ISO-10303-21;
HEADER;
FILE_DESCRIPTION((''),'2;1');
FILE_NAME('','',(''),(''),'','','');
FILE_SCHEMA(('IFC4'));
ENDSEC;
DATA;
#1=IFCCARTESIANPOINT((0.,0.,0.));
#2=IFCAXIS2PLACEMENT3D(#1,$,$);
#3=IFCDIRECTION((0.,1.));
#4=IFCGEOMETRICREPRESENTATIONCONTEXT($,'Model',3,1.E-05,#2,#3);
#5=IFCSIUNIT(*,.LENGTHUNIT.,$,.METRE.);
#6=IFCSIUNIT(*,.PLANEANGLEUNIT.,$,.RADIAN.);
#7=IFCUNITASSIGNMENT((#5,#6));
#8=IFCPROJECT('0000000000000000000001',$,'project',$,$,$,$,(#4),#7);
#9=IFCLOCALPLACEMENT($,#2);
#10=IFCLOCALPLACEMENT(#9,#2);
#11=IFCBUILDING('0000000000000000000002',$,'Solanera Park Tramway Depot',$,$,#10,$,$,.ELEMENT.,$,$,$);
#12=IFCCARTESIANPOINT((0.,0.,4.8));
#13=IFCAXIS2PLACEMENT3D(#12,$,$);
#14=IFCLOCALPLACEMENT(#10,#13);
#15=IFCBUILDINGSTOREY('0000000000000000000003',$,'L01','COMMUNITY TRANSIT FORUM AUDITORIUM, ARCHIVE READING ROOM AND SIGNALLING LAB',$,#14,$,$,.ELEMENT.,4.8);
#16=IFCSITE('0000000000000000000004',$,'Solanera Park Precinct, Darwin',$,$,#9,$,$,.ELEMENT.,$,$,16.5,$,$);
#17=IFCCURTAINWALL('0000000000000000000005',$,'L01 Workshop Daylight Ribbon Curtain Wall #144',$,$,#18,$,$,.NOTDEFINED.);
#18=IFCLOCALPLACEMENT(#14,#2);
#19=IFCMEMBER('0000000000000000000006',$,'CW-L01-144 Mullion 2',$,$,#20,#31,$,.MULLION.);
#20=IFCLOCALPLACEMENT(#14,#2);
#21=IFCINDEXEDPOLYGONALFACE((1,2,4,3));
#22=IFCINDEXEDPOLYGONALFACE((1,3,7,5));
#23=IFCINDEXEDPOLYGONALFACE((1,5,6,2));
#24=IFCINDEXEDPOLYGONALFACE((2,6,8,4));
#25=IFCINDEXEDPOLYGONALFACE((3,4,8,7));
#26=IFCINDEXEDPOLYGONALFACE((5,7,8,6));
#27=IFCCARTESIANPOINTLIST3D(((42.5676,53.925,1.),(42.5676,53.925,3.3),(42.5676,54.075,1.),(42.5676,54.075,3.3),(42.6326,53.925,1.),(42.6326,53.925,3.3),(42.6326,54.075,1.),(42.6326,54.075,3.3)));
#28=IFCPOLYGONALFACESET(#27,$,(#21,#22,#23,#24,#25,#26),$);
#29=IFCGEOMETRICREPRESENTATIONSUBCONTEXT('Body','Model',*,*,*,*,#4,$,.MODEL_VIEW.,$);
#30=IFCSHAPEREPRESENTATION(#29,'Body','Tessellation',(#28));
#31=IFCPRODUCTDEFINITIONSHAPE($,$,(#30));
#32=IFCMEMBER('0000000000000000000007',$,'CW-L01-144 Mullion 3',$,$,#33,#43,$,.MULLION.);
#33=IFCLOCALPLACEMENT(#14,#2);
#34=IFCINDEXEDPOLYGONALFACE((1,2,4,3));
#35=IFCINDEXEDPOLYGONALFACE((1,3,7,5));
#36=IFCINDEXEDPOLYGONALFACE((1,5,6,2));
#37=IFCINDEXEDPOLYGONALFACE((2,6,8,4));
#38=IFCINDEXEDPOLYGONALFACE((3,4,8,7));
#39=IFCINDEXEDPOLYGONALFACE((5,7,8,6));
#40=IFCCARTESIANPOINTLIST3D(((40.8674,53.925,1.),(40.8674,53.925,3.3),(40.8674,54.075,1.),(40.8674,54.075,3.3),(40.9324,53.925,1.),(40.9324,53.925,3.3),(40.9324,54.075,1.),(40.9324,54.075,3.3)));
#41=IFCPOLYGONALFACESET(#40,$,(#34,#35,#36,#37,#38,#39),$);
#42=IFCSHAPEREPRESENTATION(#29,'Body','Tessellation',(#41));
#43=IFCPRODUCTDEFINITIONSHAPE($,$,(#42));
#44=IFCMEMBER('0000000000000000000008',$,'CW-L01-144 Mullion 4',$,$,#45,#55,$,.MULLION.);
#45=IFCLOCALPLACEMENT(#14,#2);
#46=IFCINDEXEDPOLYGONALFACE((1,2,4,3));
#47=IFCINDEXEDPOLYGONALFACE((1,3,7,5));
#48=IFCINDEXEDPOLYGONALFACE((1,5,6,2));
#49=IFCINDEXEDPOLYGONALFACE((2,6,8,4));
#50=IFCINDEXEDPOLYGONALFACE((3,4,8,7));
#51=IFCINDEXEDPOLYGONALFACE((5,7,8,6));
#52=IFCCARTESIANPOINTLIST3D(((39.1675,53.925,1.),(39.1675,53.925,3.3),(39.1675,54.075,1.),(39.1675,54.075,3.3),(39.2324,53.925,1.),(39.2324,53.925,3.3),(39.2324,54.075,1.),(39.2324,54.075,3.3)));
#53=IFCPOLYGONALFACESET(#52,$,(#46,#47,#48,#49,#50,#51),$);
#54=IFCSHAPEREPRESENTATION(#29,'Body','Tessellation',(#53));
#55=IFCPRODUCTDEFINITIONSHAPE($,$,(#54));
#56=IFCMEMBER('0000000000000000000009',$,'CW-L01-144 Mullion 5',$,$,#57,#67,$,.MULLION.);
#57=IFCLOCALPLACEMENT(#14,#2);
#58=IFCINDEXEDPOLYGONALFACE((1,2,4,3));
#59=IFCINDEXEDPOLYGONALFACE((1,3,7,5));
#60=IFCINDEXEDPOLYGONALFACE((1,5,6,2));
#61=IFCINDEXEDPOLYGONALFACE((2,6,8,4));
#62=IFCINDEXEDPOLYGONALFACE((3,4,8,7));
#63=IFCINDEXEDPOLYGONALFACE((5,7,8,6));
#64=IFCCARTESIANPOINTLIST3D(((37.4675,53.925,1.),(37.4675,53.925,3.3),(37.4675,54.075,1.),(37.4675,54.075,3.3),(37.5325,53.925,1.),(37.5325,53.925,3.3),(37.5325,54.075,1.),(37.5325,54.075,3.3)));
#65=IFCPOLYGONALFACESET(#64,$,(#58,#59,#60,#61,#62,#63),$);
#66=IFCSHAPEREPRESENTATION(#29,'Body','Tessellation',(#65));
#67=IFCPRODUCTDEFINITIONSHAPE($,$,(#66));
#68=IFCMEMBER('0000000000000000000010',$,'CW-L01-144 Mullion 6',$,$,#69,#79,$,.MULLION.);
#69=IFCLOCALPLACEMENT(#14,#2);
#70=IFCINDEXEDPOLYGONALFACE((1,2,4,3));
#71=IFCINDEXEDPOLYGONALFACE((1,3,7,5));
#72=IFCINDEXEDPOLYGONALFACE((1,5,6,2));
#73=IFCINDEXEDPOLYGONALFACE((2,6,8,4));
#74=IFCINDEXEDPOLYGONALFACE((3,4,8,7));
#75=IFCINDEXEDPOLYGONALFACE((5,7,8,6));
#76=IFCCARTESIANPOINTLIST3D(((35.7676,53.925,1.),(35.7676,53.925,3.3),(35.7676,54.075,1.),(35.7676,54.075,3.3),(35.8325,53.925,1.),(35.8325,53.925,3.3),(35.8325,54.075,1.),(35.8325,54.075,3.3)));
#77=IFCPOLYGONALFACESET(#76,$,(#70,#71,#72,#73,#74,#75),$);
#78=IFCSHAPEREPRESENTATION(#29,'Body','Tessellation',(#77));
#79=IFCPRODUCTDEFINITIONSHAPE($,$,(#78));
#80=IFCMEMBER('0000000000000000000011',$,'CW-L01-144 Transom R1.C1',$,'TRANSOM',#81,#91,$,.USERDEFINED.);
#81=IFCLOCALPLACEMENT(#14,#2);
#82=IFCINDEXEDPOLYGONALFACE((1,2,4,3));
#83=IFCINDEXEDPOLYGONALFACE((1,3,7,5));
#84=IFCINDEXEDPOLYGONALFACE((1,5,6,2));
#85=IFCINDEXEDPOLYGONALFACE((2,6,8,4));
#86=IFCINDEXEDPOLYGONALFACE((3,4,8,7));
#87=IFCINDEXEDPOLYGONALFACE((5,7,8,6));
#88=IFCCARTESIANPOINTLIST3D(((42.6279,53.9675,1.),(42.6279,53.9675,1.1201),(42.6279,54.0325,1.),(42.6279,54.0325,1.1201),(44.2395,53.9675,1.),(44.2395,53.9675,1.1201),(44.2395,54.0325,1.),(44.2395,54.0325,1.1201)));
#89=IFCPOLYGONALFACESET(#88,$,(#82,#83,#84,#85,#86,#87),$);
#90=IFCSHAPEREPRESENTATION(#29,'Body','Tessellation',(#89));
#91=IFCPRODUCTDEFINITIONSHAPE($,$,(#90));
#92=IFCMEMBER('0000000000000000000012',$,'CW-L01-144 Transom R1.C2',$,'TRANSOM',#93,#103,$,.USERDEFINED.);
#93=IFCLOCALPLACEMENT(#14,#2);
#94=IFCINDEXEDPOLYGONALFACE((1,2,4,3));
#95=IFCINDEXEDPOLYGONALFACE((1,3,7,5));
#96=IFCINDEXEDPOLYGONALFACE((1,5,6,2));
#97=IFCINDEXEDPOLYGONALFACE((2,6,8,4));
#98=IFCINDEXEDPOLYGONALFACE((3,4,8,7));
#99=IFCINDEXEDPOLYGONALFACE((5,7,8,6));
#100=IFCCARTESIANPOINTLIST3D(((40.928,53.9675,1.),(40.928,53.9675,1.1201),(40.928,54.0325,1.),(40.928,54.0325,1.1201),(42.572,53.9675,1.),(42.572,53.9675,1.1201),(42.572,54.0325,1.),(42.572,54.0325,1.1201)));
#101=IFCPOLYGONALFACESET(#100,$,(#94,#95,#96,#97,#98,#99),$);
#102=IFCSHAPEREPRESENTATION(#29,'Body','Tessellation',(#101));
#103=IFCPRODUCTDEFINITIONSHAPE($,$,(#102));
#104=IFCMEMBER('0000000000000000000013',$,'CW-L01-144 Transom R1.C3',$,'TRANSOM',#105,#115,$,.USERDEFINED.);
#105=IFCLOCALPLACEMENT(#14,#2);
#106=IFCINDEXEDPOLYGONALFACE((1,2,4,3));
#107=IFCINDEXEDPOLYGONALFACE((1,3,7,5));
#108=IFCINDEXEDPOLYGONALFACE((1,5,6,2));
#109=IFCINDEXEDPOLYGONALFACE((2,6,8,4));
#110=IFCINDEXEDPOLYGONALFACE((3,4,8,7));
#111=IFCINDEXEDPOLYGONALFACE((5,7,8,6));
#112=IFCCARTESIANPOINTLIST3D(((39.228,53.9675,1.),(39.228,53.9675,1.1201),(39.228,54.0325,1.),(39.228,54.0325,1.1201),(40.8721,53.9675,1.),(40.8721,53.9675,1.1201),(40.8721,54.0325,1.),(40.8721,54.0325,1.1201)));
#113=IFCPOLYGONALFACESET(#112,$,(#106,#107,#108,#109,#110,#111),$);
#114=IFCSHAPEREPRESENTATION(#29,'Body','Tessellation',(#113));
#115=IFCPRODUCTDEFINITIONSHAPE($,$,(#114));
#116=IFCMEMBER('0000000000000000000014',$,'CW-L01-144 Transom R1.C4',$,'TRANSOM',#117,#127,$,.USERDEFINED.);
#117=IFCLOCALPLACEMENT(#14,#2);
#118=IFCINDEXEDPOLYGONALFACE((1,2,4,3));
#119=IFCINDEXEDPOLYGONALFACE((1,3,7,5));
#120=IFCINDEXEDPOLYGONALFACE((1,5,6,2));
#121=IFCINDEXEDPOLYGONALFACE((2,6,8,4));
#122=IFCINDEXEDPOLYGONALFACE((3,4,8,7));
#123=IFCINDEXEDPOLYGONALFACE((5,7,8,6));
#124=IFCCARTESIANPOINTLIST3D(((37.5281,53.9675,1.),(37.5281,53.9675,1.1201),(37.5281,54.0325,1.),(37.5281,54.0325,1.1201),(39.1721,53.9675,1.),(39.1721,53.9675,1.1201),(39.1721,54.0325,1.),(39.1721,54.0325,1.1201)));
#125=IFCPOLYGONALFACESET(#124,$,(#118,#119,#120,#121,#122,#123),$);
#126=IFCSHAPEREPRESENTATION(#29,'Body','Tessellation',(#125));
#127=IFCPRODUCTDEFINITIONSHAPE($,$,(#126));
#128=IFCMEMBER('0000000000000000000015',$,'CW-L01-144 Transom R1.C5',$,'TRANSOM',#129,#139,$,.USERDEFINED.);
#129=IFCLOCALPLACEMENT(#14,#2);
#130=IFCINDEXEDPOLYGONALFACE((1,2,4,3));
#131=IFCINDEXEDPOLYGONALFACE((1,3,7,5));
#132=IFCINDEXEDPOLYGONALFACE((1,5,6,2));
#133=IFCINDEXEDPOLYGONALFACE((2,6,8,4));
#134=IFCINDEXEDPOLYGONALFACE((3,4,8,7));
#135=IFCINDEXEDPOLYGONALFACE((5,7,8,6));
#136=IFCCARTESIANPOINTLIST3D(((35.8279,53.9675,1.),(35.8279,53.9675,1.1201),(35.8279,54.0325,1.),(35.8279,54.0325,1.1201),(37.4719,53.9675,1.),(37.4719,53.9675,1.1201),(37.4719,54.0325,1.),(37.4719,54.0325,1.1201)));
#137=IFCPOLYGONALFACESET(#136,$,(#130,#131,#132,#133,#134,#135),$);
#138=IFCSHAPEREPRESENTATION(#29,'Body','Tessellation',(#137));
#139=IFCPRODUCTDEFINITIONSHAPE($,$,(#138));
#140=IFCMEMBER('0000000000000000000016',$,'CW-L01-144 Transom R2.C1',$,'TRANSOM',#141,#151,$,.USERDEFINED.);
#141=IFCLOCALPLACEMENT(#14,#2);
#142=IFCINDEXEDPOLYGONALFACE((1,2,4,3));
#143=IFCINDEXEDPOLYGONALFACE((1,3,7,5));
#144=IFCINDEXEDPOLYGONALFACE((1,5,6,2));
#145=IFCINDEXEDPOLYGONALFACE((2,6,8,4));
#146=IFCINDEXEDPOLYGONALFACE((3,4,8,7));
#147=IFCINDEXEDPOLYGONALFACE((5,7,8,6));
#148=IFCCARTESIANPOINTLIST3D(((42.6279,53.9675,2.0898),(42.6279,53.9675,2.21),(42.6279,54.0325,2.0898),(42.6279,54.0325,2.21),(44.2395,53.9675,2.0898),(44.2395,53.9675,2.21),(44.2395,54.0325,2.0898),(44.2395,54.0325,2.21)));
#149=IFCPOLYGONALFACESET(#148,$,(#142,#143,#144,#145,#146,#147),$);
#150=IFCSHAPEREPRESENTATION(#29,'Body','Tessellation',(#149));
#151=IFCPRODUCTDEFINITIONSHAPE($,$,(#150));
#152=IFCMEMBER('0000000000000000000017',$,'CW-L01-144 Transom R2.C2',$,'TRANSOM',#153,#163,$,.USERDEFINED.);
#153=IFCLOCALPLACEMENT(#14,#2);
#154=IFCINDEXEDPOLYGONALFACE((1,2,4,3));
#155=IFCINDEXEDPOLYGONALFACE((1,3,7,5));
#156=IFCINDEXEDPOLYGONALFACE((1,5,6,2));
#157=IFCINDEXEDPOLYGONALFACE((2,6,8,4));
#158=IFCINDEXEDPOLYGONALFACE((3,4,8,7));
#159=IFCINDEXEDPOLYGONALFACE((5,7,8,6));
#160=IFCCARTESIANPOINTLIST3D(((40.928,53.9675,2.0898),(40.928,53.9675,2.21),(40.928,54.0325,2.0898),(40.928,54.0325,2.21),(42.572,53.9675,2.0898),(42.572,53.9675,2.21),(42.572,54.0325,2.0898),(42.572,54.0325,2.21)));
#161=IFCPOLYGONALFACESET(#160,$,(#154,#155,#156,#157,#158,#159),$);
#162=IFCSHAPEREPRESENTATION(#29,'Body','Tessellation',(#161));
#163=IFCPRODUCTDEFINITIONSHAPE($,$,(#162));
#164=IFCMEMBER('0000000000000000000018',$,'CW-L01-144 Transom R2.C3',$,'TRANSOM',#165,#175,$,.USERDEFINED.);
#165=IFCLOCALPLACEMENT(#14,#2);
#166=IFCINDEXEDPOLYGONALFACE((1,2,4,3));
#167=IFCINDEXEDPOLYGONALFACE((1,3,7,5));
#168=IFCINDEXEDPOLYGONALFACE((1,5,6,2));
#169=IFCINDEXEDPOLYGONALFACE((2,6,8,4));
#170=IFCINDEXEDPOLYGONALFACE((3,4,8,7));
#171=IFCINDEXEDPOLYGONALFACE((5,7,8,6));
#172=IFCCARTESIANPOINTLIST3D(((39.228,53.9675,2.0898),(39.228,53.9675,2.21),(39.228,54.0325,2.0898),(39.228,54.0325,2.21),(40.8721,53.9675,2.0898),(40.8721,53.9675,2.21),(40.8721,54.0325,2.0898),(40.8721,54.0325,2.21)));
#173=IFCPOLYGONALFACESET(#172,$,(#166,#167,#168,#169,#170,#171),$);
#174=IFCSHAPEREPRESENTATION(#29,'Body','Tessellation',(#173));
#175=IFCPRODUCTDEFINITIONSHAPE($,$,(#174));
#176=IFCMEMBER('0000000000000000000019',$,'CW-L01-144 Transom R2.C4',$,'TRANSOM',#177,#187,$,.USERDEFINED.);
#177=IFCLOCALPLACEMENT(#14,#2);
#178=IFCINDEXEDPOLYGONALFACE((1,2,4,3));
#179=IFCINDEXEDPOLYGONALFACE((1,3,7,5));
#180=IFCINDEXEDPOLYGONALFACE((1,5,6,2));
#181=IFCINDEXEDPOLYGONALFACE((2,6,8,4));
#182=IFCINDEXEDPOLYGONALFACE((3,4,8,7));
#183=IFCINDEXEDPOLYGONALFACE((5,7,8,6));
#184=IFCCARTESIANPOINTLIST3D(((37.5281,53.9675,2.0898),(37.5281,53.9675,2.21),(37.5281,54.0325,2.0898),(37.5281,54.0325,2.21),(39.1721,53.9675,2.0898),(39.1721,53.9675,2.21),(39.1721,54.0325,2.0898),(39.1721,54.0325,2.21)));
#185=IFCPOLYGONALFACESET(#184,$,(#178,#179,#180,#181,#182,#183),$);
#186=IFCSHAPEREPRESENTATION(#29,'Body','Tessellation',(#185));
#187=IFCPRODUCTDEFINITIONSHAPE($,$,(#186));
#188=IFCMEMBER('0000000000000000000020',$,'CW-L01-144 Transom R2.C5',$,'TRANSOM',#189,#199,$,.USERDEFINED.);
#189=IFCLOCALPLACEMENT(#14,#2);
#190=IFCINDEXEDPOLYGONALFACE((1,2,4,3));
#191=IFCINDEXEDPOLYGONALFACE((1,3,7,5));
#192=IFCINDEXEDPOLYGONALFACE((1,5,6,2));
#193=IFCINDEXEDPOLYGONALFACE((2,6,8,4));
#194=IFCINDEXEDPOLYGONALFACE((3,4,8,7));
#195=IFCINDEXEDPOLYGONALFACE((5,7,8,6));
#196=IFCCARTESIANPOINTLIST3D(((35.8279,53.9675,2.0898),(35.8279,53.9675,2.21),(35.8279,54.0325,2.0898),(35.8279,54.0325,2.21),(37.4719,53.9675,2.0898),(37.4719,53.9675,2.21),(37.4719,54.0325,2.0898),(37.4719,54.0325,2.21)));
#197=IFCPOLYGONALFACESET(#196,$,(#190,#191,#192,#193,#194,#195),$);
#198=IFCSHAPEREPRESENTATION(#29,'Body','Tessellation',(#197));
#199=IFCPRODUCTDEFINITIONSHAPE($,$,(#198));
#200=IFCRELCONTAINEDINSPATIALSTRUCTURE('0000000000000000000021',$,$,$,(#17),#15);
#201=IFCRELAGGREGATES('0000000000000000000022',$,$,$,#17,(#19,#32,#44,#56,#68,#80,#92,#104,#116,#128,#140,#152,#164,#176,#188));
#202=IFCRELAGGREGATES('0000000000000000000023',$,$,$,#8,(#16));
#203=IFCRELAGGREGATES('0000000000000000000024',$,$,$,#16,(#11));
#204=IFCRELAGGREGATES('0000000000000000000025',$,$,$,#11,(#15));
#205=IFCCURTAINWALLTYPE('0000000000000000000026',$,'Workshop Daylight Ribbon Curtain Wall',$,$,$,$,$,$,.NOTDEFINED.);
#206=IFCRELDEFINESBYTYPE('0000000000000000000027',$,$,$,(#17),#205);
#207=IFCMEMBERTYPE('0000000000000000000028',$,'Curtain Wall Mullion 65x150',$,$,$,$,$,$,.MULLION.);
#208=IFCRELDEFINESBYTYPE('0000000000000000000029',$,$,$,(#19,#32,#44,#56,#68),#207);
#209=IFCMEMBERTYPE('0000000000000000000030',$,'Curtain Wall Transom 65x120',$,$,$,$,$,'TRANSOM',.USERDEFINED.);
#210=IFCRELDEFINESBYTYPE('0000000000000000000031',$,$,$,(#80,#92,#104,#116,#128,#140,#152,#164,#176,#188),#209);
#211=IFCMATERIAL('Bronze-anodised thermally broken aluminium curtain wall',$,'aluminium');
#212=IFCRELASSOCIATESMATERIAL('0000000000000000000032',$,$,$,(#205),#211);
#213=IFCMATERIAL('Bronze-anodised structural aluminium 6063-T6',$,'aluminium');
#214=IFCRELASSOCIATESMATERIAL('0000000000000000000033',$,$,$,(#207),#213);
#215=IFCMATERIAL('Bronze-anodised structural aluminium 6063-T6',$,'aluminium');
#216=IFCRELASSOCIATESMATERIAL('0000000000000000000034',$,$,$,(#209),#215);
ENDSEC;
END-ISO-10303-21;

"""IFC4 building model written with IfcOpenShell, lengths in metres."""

from ifc_helpers import new_model, si_unit, direction, frame, origin, origin_2d, place, context, subcontext, project, spatial, rectangle, extrude, material, material_profile, profile_set, type_object, element, aggregate, save


model = new_model("IFC4")

# Units and contexts
model_context = context("Model", 3, precision=1e-05, world=origin(), true_north=direction((0.0, 1.0)))
body_context = subcontext(model_context, "Body", "Model", "MODEL_VIEW")
ifc_project = project(units=[si_unit("LENGTHUNIT", "METRE"), si_unit("PLANEANGLEUNIT", "RADIAN")], contexts=[model_context])

# Site, building, storey
site_placement = place(None, origin())
site = spatial("IfcSite", under=ifc_project, at=site_placement, Name="Solanera Park Precinct, Darwin", CompositionType="ELEMENT", RefElevation=16.5)
building_placement = place(site_placement, origin())
building = spatial("IfcBuilding", under=site, at=building_placement, Name="Solanera Park Tramway Depot", CompositionType="ELEMENT")
storey_placement = place(building_placement, frame((0.0, 0.0, 4.8)))
storey = spatial("IfcBuildingStorey", under=building, at=storey_placement, Name="L01", Description="COMMUNITY TRANSIT FORUM AUDITORIUM, ARCHIVE READING ROOM AND SIGNALLING LAB", CompositionType="ELEMENT", Elevation=4.8)

# Curtain wall, members
ifc_material_1 = material(Name="Bronze-anodised thermally broken aluminium curtain wall", Category="aluminium")
curtain_wall_type = type_object("IfcCurtainWallType", Name="Workshop Daylight Ribbon Curtain Wall", PredefinedType="NOTDEFINED", material=ifc_material_1)
curtain_wall_placement = place(storey_placement, origin())
curtain_wall = element("IfcCurtainWall", 1, at=curtain_wall_placement, inside=storey, type_object=curtain_wall_type, Name="L01 Workshop Daylight Ribbon Curtain Wall #144", PredefinedType="NOTDEFINED")
ifc_material_2 = material(Name="Bronze-anodised structural aluminium 6063-T6", Category="aluminium")
ifc_material_profile_1 = material_profile(ifc_material_2, rectangle(XDim=0.0649, YDim=0.1499, at=origin_2d()), Name="Curtain Wall Mullion 65x150")
ifc_profile_set_1 = profile_set([ifc_material_profile_1], Name="Bronze-anodised structural aluminium 6063-T6")
member_type_1 = type_object("IfcMemberType", Name="Curtain Wall Mullion 65x150", PredefinedType="MULLION", material=ifc_profile_set_1)
member_1_placement = place(storey_placement, frame((42.6001, 54.0, 1.0), z_axis=(0.0, 0.0, 1.0), x_axis=(1.0, 0.0, 0.0)))
member_1 = element("IfcMember", 2, at=member_1_placement, type_object=member_type_1, Name="CW-L01-144 Mullion 2", PredefinedType="MULLION", context=body_context, shape_type="SweptSolid", body=[
    extrude(rectangle(XDim=0.0649, YDim=0.1499, at=origin_2d()), origin(), (0.0, 0.0, 1.0), 2.3),
])
member_2_placement = place(storey_placement, frame((40.8999, 54.0, 1.0), z_axis=(0.0, 0.0, 1.0), x_axis=(1.0, 0.0, 0.0)))
member_2 = element("IfcMember", 3, at=member_2_placement, type_object=member_type_1, Name="CW-L01-144 Mullion 3", PredefinedType="MULLION", context=body_context, shape_type="SweptSolid", body=[
    extrude(rectangle(XDim=0.0649, YDim=0.1499, at=origin_2d()), origin(), (0.0, 0.0, 1.0), 2.3),
])
member_3_placement = place(storey_placement, frame((39.2, 54.0, 1.0), z_axis=(0.0, 0.0, 1.0), x_axis=(1.0, 0.0, 0.0)))
member_3 = element("IfcMember", 4, at=member_3_placement, type_object=member_type_1, Name="CW-L01-144 Mullion 4", PredefinedType="MULLION", context=body_context, shape_type="SweptSolid", body=[
    extrude(rectangle(XDim=0.0649, YDim=0.1499, at=origin_2d()), origin(), (0.0, 0.0, 1.0), 2.3),
])
member_4_placement = place(storey_placement, frame((37.5, 54.0, 1.0), z_axis=(0.0, 0.0, 1.0), x_axis=(1.0, 0.0, 0.0)))
member_4 = element("IfcMember", 5, at=member_4_placement, type_object=member_type_1, Name="CW-L01-144 Mullion 5", PredefinedType="MULLION", context=body_context, shape_type="SweptSolid", body=[
    extrude(rectangle(XDim=0.0649, YDim=0.1499, at=origin_2d()), origin(), (0.0, 0.0, 1.0), 2.3),
])
member_5_placement = place(storey_placement, frame((35.8, 54.0, 1.0), z_axis=(0.0, 0.0, 1.0), x_axis=(1.0, 0.0, 0.0)))
member_5 = element("IfcMember", 6, at=member_5_placement, type_object=member_type_1, Name="CW-L01-144 Mullion 6", PredefinedType="MULLION", context=body_context, shape_type="SweptSolid", body=[
    extrude(rectangle(XDim=0.0649, YDim=0.1499, at=origin_2d()), origin(), (0.0, 0.0, 1.0), 2.3),
])
ifc_material_3 = material(Name="Bronze-anodised structural aluminium 6063-T6", Category="aluminium")
ifc_material_profile_2 = material_profile(ifc_material_3, rectangle(XDim=0.0649, YDim=0.1201, at=origin_2d()), Name="Curtain Wall Transom 65x120")
ifc_profile_set_2 = profile_set([ifc_material_profile_2], Name="Bronze-anodised structural aluminium 6063-T6")
member_type_2 = type_object("IfcMemberType", Name="Curtain Wall Transom 65x120", ElementType="TRANSOM", PredefinedType="USERDEFINED", material=ifc_profile_set_2)
member_6_placement = place(storey_placement, frame((44.2395, 54.0, 1.0601), z_axis=(-1.0, 0.0, 0.0), x_axis=(0.0, -1.0, 0.0)))
member_6 = element("IfcMember", 7, at=member_6_placement, type_object=member_type_2, Name="CW-L01-144 Transom R1.C1", ObjectType="TRANSOM", PredefinedType="USERDEFINED", context=body_context, shape_type="SweptSolid", body=[
    extrude(rectangle(XDim=0.0649, YDim=0.1201, at=origin_2d()), origin(), (0.0, 0.0, 1.0), 1.6116),
])
member_7_placement = place(storey_placement, frame((42.572, 54.0, 1.0601), z_axis=(-1.0, 0.0, 0.0), x_axis=(0.0, -1.0, 0.0)))
member_7 = element("IfcMember", 8, at=member_7_placement, type_object=member_type_2, Name="CW-L01-144 Transom R1.C2", ObjectType="TRANSOM", PredefinedType="USERDEFINED", context=body_context, shape_type="SweptSolid", body=[
    extrude(rectangle(XDim=0.0649, YDim=0.1201, at=origin_2d()), origin(), (0.0, 0.0, 1.0), 1.644),
])
member_8_placement = place(storey_placement, frame((40.8721, 54.0, 1.0601), z_axis=(-1.0, 0.0, 0.0), x_axis=(0.0, -1.0, 0.0)))
member_8 = element("IfcMember", 9, at=member_8_placement, type_object=member_type_2, Name="CW-L01-144 Transom R1.C3", ObjectType="TRANSOM", PredefinedType="USERDEFINED", context=body_context, shape_type="SweptSolid", body=[
    extrude(rectangle(XDim=0.0649, YDim=0.1201, at=origin_2d()), origin(), (0.0, 0.0, 1.0), 1.644),
])
member_9_placement = place(storey_placement, frame((39.1721, 54.0, 1.0601), z_axis=(-1.0, 0.0, 0.0), x_axis=(0.0, -1.0, 0.0)))
member_9 = element("IfcMember", 10, at=member_9_placement, type_object=member_type_2, Name="CW-L01-144 Transom R1.C4", ObjectType="TRANSOM", PredefinedType="USERDEFINED", context=body_context, shape_type="SweptSolid", body=[
    extrude(rectangle(XDim=0.0649, YDim=0.1201, at=origin_2d()), origin(), (0.0, 0.0, 1.0), 1.644),
])
member_10_placement = place(storey_placement, frame((37.4719, 54.0, 1.0601), z_axis=(-1.0, 0.0, 0.0), x_axis=(0.0, -1.0, 0.0)))
member_10 = element("IfcMember", 11, at=member_10_placement, type_object=member_type_2, Name="CW-L01-144 Transom R1.C5", ObjectType="TRANSOM", PredefinedType="USERDEFINED", context=body_context, shape_type="SweptSolid", body=[
    extrude(rectangle(XDim=0.0649, YDim=0.1201, at=origin_2d()), origin(), (0.0, 0.0, 1.0), 1.644),
])
member_11_placement = place(storey_placement, frame((44.2395, 54.0, 2.1499), z_axis=(-1.0, 0.0, 0.0), x_axis=(0.0, -1.0, 0.0)))
member_11 = element("IfcMember", 12, at=member_11_placement, type_object=member_type_2, Name="CW-L01-144 Transom R2.C1", ObjectType="TRANSOM", PredefinedType="USERDEFINED", context=body_context, shape_type="SweptSolid", body=[
    extrude(rectangle(XDim=0.0649, YDim=0.1201, at=origin_2d()), origin(), (0.0, 0.0, 1.0), 1.6116),
])
member_12_placement = place(storey_placement, frame((42.572, 54.0, 2.1499), z_axis=(-1.0, 0.0, 0.0), x_axis=(0.0, -1.0, 0.0)))
member_12 = element("IfcMember", 13, at=member_12_placement, type_object=member_type_2, Name="CW-L01-144 Transom R2.C2", ObjectType="TRANSOM", PredefinedType="USERDEFINED", context=body_context, shape_type="SweptSolid", body=[
    extrude(rectangle(XDim=0.0649, YDim=0.1201, at=origin_2d()), origin(), (0.0, 0.0, 1.0), 1.644),
])
member_13_placement = place(storey_placement, frame((40.8721, 54.0, 2.1499), z_axis=(-1.0, 0.0, 0.0), x_axis=(0.0, -1.0, 0.0)))
member_13 = element("IfcMember", 14, at=member_13_placement, type_object=member_type_2, Name="CW-L01-144 Transom R2.C3", ObjectType="TRANSOM", PredefinedType="USERDEFINED", context=body_context, shape_type="SweptSolid", body=[
    extrude(rectangle(XDim=0.0649, YDim=0.1201, at=origin_2d()), origin(), (0.0, 0.0, 1.0), 1.644),
])
member_14_placement = place(storey_placement, frame((39.1721, 54.0, 2.1499), z_axis=(-1.0, 0.0, 0.0), x_axis=(0.0, -1.0, 0.0)))
member_14 = element("IfcMember", 15, at=member_14_placement, type_object=member_type_2, Name="CW-L01-144 Transom R2.C4", ObjectType="TRANSOM", PredefinedType="USERDEFINED", context=body_context, shape_type="SweptSolid", body=[
    extrude(rectangle(XDim=0.0649, YDim=0.1201, at=origin_2d()), origin(), (0.0, 0.0, 1.0), 1.644),
])
member_15_placement = place(storey_placement, frame((37.4719, 54.0, 2.1499), z_axis=(-1.0, 0.0, 0.0), x_axis=(0.0, -1.0, 0.0)))
member_15 = element("IfcMember", 16, at=member_15_placement, type_object=member_type_2, Name="CW-L01-144 Transom R2.C5", ObjectType="TRANSOM", PredefinedType="USERDEFINED", context=body_context, shape_type="SweptSolid", body=[
    extrude(rectangle(XDim=0.0649, YDim=0.1201, at=origin_2d()), origin(), (0.0, 0.0, 1.0), 1.644),
])
aggregate(curtain_wall, [member_1, member_2, member_3, member_4, member_5, member_6, member_7, member_8, member_9, member_10, member_11, member_12, member_13, member_14, member_15])

save(model, "model.ifc")
